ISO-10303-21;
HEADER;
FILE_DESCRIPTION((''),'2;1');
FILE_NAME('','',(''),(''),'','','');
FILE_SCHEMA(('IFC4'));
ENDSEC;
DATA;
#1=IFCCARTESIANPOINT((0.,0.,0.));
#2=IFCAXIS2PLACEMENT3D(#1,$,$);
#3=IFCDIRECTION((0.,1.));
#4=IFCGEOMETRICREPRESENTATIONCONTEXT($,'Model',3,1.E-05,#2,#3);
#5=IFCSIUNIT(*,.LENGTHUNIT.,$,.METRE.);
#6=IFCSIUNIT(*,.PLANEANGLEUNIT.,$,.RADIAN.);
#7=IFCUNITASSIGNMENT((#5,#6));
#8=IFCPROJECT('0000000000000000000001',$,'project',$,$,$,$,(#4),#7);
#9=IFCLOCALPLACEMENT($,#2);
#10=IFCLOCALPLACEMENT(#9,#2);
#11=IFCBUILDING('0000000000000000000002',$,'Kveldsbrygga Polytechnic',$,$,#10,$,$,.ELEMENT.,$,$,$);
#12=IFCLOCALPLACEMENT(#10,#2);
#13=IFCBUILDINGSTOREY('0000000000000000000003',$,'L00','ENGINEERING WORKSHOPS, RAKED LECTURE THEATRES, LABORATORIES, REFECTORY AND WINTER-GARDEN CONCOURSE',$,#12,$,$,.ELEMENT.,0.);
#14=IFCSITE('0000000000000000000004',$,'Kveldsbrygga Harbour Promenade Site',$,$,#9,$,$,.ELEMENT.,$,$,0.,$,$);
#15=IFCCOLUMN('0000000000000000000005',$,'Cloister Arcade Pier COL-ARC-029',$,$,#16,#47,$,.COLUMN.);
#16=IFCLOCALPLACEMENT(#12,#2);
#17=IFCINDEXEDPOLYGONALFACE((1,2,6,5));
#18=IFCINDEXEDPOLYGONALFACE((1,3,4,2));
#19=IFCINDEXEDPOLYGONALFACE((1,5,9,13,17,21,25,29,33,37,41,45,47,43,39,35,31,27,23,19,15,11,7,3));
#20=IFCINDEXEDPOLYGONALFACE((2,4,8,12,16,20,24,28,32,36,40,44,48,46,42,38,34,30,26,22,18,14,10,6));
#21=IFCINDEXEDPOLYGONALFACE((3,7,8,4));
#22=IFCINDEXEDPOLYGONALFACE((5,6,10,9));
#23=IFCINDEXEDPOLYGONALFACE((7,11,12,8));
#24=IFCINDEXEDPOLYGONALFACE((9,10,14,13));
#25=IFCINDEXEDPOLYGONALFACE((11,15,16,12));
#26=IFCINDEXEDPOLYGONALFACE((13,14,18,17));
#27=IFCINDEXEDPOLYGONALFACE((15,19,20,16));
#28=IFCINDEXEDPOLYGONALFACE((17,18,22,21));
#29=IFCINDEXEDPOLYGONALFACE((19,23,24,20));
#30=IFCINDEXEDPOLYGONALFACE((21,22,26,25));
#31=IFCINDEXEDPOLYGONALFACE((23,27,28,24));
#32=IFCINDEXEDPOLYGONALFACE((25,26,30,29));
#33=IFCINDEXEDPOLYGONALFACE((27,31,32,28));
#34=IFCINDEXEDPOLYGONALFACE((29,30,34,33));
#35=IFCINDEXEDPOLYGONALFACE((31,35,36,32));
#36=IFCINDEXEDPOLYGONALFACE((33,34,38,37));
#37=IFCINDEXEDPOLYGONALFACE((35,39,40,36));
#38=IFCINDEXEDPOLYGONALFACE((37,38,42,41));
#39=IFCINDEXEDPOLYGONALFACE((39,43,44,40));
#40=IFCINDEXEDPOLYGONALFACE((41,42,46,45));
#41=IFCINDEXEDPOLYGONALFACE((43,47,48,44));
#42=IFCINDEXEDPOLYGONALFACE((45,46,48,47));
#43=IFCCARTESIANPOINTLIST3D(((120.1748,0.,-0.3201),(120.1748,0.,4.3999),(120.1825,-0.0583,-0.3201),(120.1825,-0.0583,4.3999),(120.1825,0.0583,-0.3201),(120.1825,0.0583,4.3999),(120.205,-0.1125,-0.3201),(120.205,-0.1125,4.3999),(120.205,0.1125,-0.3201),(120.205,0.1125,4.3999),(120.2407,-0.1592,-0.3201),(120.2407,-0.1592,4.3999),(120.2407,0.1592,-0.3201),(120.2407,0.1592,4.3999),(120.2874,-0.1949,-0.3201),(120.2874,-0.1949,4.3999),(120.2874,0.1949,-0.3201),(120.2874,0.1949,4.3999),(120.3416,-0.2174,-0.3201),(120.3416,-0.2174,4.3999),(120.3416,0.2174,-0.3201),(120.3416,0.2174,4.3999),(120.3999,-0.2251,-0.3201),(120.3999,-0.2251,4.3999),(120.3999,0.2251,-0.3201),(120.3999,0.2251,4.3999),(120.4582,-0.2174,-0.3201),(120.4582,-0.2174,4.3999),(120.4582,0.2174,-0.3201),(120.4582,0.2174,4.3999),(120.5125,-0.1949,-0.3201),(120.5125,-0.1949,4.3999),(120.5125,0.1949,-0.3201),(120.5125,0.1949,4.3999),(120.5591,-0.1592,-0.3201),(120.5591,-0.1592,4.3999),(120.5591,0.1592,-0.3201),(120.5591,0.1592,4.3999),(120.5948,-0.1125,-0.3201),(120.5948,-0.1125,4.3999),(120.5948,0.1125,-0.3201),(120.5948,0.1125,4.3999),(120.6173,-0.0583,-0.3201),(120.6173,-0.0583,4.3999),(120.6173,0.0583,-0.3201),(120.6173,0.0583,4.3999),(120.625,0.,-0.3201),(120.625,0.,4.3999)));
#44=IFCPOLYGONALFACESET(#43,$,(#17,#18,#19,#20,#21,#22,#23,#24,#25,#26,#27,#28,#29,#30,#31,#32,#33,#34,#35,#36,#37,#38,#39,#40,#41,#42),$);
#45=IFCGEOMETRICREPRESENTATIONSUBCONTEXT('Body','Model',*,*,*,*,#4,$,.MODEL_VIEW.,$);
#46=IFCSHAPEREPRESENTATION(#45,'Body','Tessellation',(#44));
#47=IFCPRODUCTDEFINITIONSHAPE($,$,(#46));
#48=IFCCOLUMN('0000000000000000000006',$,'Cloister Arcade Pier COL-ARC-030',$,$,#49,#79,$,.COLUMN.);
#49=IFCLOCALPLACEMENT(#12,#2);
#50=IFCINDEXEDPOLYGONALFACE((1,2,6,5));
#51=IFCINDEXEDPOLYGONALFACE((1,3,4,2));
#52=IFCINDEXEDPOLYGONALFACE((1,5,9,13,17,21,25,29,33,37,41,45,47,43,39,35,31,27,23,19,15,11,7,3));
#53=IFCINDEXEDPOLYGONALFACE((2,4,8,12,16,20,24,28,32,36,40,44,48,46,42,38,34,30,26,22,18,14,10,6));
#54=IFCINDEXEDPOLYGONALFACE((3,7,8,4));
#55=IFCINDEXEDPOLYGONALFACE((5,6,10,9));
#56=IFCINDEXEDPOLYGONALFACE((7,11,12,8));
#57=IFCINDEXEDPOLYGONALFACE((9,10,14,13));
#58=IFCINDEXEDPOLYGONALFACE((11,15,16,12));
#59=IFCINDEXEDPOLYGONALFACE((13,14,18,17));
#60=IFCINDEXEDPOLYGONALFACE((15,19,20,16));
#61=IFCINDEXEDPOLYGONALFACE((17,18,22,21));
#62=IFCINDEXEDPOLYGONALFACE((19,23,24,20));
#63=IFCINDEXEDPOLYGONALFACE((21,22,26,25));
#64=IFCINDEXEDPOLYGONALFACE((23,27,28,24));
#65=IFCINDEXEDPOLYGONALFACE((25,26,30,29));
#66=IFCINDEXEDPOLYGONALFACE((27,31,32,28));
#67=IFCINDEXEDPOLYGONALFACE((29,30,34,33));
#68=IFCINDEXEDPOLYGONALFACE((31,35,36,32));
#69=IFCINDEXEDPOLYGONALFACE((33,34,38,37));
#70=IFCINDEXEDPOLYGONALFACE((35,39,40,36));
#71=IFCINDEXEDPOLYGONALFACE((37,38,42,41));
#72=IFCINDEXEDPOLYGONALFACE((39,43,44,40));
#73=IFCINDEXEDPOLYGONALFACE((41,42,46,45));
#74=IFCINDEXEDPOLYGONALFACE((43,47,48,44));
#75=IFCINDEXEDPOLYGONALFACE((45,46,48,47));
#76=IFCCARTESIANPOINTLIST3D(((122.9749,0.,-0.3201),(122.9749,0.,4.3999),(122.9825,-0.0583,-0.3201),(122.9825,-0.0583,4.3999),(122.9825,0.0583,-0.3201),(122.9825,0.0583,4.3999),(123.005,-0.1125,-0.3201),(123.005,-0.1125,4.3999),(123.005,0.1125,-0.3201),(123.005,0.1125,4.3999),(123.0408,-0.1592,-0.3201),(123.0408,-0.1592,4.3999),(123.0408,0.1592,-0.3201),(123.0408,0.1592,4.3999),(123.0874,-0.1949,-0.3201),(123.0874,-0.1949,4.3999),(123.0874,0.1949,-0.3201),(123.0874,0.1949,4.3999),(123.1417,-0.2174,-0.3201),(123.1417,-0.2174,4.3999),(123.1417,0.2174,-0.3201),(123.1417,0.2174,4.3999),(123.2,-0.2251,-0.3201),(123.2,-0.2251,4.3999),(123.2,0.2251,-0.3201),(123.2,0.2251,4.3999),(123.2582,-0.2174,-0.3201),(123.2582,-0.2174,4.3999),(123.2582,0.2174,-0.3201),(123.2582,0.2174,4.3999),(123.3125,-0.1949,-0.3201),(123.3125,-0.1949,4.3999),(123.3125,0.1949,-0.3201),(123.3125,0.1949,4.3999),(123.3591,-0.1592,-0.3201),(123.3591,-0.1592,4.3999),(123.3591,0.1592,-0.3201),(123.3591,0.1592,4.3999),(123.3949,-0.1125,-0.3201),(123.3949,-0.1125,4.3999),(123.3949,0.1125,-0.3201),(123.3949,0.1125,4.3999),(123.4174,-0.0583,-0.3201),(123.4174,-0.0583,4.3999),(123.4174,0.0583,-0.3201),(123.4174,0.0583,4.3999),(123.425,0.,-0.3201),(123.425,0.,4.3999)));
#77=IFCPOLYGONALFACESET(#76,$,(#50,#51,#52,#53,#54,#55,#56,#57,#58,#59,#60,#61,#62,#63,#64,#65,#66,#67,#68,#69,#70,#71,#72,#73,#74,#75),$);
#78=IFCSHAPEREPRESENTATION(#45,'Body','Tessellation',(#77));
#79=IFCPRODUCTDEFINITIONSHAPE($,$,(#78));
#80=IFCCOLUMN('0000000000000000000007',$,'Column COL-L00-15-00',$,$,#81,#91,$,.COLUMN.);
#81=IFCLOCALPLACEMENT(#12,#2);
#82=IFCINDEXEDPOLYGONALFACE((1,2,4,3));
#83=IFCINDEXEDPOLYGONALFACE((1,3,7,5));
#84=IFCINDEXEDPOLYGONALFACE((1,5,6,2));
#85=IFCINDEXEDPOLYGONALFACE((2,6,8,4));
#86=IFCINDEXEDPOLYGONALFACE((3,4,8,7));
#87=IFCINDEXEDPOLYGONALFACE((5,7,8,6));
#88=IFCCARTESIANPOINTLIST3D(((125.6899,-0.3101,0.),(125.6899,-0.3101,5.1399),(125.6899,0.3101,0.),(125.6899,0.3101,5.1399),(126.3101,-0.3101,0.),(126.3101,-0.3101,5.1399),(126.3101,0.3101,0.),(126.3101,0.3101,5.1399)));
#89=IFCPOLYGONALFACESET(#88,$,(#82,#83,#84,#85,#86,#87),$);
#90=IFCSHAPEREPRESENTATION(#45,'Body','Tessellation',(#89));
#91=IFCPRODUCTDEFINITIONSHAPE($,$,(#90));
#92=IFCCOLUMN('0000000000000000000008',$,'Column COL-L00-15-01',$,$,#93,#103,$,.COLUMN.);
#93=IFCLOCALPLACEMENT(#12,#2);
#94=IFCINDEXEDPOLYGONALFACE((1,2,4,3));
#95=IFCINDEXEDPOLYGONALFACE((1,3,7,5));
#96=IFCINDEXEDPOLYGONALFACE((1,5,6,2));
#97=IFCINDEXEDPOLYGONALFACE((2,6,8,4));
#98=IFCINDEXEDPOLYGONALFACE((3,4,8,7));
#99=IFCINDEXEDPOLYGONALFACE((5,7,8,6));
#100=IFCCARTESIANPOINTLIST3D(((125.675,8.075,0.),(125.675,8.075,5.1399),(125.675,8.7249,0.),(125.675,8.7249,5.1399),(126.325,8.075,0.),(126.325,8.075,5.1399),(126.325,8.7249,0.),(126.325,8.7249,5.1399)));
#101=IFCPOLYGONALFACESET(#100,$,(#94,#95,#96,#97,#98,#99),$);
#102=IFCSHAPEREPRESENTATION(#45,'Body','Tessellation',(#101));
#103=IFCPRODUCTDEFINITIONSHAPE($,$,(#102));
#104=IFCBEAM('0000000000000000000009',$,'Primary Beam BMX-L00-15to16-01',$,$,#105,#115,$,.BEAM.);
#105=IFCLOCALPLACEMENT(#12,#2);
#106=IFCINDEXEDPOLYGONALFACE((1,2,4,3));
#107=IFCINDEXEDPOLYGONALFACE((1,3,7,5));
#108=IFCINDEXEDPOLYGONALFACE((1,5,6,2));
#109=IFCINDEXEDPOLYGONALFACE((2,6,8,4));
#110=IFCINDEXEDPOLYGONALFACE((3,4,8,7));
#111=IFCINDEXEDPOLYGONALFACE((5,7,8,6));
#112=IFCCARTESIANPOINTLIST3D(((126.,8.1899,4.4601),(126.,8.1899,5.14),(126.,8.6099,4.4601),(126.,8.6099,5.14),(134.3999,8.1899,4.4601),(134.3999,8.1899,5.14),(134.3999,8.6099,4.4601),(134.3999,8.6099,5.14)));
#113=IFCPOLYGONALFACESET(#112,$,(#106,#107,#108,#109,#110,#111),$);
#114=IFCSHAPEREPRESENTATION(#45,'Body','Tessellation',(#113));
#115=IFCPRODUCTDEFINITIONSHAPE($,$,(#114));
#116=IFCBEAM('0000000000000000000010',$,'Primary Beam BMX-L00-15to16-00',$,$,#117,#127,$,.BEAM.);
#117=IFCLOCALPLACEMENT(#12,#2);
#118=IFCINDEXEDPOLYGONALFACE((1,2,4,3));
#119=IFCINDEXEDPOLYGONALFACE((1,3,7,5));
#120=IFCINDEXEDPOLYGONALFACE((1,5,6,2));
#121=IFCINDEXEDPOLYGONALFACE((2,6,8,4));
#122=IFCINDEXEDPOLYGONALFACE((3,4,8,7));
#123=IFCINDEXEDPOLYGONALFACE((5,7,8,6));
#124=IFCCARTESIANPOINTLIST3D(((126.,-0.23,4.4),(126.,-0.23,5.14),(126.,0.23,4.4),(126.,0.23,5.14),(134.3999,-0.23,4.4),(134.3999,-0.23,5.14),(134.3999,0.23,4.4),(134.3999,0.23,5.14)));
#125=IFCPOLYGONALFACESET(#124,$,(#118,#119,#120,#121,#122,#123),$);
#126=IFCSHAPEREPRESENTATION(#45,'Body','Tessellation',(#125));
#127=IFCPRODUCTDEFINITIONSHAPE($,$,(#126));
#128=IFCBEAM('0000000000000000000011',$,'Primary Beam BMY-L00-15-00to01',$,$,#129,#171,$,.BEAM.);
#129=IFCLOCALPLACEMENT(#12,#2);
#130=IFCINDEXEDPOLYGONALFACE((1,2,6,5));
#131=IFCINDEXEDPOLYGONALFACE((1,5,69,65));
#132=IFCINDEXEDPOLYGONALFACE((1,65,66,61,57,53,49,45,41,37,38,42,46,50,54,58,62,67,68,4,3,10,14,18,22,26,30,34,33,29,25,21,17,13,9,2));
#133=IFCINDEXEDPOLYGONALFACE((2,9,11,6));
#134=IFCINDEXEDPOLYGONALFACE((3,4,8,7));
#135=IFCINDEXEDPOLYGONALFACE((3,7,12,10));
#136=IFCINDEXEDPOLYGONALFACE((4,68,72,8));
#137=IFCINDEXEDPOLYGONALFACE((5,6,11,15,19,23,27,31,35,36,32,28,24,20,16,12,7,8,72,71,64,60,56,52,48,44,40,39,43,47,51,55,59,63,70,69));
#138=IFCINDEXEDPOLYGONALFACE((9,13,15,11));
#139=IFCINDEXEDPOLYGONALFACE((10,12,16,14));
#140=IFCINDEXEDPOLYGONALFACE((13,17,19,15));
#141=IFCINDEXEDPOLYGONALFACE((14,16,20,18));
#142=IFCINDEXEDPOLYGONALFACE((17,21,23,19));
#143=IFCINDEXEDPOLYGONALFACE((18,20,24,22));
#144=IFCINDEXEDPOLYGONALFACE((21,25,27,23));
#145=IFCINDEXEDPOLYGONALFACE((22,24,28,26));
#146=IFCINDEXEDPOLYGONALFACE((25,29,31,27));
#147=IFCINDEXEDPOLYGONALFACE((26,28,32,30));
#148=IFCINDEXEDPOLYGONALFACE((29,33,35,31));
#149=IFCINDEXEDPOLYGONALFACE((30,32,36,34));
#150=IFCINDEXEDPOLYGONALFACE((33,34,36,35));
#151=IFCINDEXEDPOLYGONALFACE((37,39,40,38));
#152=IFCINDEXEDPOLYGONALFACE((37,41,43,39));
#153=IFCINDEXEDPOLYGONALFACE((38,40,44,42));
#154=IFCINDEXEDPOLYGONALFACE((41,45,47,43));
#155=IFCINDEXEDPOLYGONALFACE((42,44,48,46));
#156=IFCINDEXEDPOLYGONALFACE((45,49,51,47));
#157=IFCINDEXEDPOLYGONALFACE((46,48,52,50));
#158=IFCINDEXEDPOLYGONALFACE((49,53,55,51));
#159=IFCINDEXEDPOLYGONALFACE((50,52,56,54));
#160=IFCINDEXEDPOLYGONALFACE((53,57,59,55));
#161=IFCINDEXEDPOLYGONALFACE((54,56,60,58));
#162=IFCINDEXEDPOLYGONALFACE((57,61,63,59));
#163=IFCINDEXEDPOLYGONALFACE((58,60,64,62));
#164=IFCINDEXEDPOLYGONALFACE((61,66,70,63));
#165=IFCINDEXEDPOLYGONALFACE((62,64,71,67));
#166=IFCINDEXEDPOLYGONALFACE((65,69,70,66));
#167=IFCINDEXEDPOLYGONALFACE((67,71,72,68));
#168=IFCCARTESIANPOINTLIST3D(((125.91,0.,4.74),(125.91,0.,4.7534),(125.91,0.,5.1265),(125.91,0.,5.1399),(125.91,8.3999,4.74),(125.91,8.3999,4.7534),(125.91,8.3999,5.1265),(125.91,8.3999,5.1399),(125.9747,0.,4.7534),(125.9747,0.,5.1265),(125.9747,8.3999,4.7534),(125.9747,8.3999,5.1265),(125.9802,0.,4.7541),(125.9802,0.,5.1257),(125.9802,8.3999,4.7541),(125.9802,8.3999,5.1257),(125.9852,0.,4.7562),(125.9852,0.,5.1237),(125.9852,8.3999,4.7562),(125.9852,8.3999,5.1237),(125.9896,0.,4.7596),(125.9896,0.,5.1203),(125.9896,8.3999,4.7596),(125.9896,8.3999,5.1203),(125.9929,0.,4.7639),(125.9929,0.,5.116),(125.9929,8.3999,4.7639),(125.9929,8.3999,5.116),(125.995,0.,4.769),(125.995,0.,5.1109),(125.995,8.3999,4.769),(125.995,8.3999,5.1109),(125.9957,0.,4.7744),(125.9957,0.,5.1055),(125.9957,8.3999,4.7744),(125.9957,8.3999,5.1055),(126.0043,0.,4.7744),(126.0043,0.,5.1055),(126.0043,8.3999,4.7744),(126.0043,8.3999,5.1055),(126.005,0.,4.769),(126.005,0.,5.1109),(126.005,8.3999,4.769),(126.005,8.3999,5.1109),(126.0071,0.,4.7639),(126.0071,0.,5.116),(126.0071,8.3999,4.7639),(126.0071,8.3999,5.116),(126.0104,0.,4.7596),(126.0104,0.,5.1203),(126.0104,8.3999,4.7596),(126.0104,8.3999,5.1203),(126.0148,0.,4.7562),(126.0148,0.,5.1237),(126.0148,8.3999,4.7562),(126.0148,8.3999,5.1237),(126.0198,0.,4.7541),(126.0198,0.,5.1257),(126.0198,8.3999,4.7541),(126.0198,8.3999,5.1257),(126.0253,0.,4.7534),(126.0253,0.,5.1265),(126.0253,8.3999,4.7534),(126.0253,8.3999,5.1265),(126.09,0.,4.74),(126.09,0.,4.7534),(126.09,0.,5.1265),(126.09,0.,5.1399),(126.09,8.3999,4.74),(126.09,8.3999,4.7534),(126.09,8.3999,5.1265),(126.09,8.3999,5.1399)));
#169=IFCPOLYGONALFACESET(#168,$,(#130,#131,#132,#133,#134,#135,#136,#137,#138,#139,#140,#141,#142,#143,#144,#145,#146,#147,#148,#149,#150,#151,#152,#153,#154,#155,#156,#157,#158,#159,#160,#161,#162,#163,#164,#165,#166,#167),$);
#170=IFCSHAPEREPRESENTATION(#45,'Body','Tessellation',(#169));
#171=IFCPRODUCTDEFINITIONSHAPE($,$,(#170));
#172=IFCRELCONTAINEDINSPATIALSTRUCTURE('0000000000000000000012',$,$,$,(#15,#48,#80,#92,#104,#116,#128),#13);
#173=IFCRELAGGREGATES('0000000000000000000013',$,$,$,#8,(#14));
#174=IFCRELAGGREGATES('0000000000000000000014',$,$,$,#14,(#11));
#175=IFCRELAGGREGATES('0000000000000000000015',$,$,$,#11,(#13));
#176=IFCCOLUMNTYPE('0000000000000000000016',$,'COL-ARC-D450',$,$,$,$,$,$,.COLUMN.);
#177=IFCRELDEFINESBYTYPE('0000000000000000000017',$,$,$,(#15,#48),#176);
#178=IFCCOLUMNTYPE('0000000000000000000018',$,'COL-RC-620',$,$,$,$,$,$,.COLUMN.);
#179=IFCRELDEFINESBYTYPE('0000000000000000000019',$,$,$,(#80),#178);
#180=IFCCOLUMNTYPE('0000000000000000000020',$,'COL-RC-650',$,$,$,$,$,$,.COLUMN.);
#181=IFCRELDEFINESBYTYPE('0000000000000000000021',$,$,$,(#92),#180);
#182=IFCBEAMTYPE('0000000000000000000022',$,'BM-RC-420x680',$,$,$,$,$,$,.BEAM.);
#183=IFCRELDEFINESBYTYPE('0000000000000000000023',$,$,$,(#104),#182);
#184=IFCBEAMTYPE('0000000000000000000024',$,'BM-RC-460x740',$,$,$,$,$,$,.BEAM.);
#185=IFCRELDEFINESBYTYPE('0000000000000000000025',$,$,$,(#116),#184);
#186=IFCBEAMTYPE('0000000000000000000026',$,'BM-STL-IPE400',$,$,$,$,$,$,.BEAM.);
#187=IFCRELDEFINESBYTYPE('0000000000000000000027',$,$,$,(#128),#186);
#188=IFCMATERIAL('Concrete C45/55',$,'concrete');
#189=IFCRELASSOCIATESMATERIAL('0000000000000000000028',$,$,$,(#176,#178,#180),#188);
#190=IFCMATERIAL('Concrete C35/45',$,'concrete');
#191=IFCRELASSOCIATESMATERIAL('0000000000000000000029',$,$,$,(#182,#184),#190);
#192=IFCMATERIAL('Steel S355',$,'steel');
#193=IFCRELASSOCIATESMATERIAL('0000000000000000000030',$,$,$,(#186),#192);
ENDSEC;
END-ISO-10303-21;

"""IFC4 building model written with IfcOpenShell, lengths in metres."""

from ifc_helpers import new_model, si_unit, direction, frame, origin, origin_2d, place, context, subcontext, project, spatial, rectangle, circle, i_section, extrude, material, material_profile, profile_set, type_object, element, save


model = new_model("IFC4")

# Units and contexts
model_context = context("Model", 3, precision=1e-05, world=origin(), true_north=direction((0.0, 1.0)))
body_context = subcontext(model_context, "Body", "Model", "MODEL_VIEW")
ifc_project = project(units=[si_unit("LENGTHUNIT", "METRE"), si_unit("PLANEANGLEUNIT", "RADIAN")], contexts=[model_context])

# Site, building, storey
site_placement = place(None, origin())
site = spatial("IfcSite", under=ifc_project, at=site_placement, Name="Kveldsbrygga Harbour Promenade Site", CompositionType="ELEMENT", RefElevation=0.0)
building_placement = place(site_placement, origin())
building = spatial("IfcBuilding", under=site, at=building_placement, Name="Kveldsbrygga Polytechnic", CompositionType="ELEMENT")
storey_placement = place(building_placement, origin())
storey = spatial("IfcBuildingStorey", under=building, at=storey_placement, Name="L00", Description="ENGINEERING WORKSHOPS, RAKED LECTURE THEATRES, LABORATORIES, REFECTORY AND WINTER-GARDEN CONCOURSE", CompositionType="ELEMENT", Elevation=0.0)

# Columns
ifc_material_1 = material(Name="Concrete C45/55", Category="concrete")
ifc_material_profile_1 = material_profile(ifc_material_1, circle(Radius=0.2251, at=origin_2d()), Name="RC D450")
ifc_profile_set_1 = profile_set([ifc_material_profile_1], Name="Concrete C45/55")
column_type_1 = type_object("IfcColumnType", Name="COL-ARC-D450", PredefinedType="COLUMN", material=ifc_profile_set_1)
for number, where, z_axis, x_axis, name in (
    (1, (120.3999, 0.0, -0.3201), (0.0, 0.0, 1.0), (1.0, 0.0, 0.0), "Cloister Arcade Pier COL-ARC-029"),
    (2, (123.2, 0.0, -0.3201), (0.0, 0.0, 1.0), (1.0, 0.0, 0.0), "Cloister Arcade Pier COL-ARC-030"),
):
    element("IfcColumn", number, at=place(storey_placement, frame(where, z_axis=z_axis, x_axis=x_axis)), inside=storey, type_object=column_type_1, Name=name, PredefinedType="COLUMN", context=body_context, shape_type="SweptSolid", body=[
        extrude(circle(Radius=0.2251, at=origin_2d()), origin(), (0.0, 0.0, 1.0), 4.72),
    ])
ifc_material_profile_2 = material_profile(ifc_material_1, rectangle(XDim=0.6201, YDim=0.6201, at=origin_2d()), Name="RC 620x620")
ifc_profile_set_2 = profile_set([ifc_material_profile_2], Name="Concrete C45/55")
column_type_2 = type_object("IfcColumnType", Name="COL-RC-620", PredefinedType="COLUMN", material=ifc_profile_set_2)
column_1_placement = place(storey_placement, frame((126.0, 0.0, 0.0), z_axis=(0.0, 0.0, 1.0), x_axis=(1.0, 0.0, 0.0)))
element("IfcColumn", 3, at=column_1_placement, inside=storey, type_object=column_type_2, Name="Column COL-L00-15-00", PredefinedType="COLUMN", context=body_context, shape_type="SweptSolid", body=[
    extrude(rectangle(XDim=0.6201, YDim=0.6201, at=origin_2d()), origin(), (0.0, 0.0, 1.0), 5.1399),
])
ifc_material_profile_3 = material_profile(ifc_material_1, rectangle(XDim=0.6499, YDim=0.6499, at=origin_2d()), Name="RC 650x650")
ifc_profile_set_3 = profile_set([ifc_material_profile_3], Name="Concrete C45/55")
column_type_3 = type_object("IfcColumnType", Name="COL-RC-650", PredefinedType="COLUMN", material=ifc_profile_set_3)
column_2_placement = place(storey_placement, frame((126.0, 8.3999, 0.0), z_axis=(0.0, 0.0, 1.0), x_axis=(1.0, 0.0, 0.0)))
element("IfcColumn", 4, at=column_2_placement, inside=storey, type_object=column_type_3, Name="Column COL-L00-15-01", PredefinedType="COLUMN", context=body_context, shape_type="SweptSolid", body=[
    extrude(rectangle(XDim=0.6499, YDim=0.6499, at=origin_2d()), origin(), (0.0, 0.0, 1.0), 5.1399),
])

# Beams
ifc_material_2 = material(Name="Concrete C35/45", Category="concrete")
ifc_material_profile_4 = material_profile(ifc_material_2, rectangle(XDim=0.4199, YDim=0.6799, at=origin_2d()), Name="RC 420x680")
ifc_profile_set_4 = profile_set([ifc_material_profile_4], Name="Concrete C35/45")
beam_type_1 = type_object("IfcBeamType", Name="BM-RC-420x680", PredefinedType="BEAM", material=ifc_profile_set_4)
beam_1_placement = place(storey_placement, frame((126.0, 8.3999, 4.8), z_axis=(1.0, 0.0, 0.0), x_axis=(0.0, 1.0, 0.0)))
element("IfcBeam", 5, at=beam_1_placement, inside=storey, type_object=beam_type_1, Name="Primary Beam BMX-L00-15to16-01", PredefinedType="BEAM", context=body_context, shape_type="SweptSolid", body=[
    extrude(rectangle(XDim=0.4199, YDim=0.6799, at=origin_2d()), origin(), (0.0, 0.0, 1.0), 8.3999),
])
ifc_material_profile_5 = material_profile(ifc_material_2, rectangle(XDim=0.46, YDim=0.74, at=origin_2d()), Name="RC 460x740")
ifc_profile_set_5 = profile_set([ifc_material_profile_5], Name="Concrete C35/45")
beam_type_2 = type_object("IfcBeamType", Name="BM-RC-460x740", PredefinedType="BEAM", material=ifc_profile_set_5)
beam_2_placement = place(storey_placement, frame((126.0, 0.0, 4.77), z_axis=(1.0, 0.0, 0.0), x_axis=(0.0, 1.0, 0.0)))
element("IfcBeam", 6, at=beam_2_placement, inside=storey, type_object=beam_type_2, Name="Primary Beam BMX-L00-15to16-00", PredefinedType="BEAM", context=body_context, shape_type="SweptSolid", body=[
    extrude(rectangle(XDim=0.46, YDim=0.74, at=origin_2d()), origin(), (0.0, 0.0, 1.0), 8.3999),
])
ifc_material_3 = material(Name="Steel S355", Category="steel")
ifc_material_profile_6 = material_profile(ifc_material_3, i_section(OverallWidth=0.1799, OverallDepth=0.3999, WebThickness=0.0085, FlangeThickness=0.0134, FilletRadius=0.021, at=origin_2d()), Name="IPE 400")
ifc_profile_set_6 = profile_set([ifc_material_profile_6], Name="Steel S355")
beam_type_3 = type_object("IfcBeamType", Name="BM-STL-IPE400", PredefinedType="BEAM", material=ifc_profile_set_6)
beam_3_placement = place(storey_placement, frame((126.0, 0.0, 4.9399), z_axis=(0.0, 1.0, 0.0), x_axis=(-1.0, 0.0, 0.0)))
element("IfcBeam", 7, at=beam_3_placement, inside=storey, type_object=beam_type_3, Name="Primary Beam BMY-L00-15-00to01", PredefinedType="BEAM", context=body_context, shape_type="SweptSolid", body=[
    extrude(i_section(OverallWidth=0.1799, OverallDepth=0.3999, WebThickness=0.0085, FlangeThickness=0.0134, FilletRadius=0.021, at=origin_2d()), origin(), (0.0, 0.0, 1.0), 8.3999),
])

save(model, "model.ifc")
